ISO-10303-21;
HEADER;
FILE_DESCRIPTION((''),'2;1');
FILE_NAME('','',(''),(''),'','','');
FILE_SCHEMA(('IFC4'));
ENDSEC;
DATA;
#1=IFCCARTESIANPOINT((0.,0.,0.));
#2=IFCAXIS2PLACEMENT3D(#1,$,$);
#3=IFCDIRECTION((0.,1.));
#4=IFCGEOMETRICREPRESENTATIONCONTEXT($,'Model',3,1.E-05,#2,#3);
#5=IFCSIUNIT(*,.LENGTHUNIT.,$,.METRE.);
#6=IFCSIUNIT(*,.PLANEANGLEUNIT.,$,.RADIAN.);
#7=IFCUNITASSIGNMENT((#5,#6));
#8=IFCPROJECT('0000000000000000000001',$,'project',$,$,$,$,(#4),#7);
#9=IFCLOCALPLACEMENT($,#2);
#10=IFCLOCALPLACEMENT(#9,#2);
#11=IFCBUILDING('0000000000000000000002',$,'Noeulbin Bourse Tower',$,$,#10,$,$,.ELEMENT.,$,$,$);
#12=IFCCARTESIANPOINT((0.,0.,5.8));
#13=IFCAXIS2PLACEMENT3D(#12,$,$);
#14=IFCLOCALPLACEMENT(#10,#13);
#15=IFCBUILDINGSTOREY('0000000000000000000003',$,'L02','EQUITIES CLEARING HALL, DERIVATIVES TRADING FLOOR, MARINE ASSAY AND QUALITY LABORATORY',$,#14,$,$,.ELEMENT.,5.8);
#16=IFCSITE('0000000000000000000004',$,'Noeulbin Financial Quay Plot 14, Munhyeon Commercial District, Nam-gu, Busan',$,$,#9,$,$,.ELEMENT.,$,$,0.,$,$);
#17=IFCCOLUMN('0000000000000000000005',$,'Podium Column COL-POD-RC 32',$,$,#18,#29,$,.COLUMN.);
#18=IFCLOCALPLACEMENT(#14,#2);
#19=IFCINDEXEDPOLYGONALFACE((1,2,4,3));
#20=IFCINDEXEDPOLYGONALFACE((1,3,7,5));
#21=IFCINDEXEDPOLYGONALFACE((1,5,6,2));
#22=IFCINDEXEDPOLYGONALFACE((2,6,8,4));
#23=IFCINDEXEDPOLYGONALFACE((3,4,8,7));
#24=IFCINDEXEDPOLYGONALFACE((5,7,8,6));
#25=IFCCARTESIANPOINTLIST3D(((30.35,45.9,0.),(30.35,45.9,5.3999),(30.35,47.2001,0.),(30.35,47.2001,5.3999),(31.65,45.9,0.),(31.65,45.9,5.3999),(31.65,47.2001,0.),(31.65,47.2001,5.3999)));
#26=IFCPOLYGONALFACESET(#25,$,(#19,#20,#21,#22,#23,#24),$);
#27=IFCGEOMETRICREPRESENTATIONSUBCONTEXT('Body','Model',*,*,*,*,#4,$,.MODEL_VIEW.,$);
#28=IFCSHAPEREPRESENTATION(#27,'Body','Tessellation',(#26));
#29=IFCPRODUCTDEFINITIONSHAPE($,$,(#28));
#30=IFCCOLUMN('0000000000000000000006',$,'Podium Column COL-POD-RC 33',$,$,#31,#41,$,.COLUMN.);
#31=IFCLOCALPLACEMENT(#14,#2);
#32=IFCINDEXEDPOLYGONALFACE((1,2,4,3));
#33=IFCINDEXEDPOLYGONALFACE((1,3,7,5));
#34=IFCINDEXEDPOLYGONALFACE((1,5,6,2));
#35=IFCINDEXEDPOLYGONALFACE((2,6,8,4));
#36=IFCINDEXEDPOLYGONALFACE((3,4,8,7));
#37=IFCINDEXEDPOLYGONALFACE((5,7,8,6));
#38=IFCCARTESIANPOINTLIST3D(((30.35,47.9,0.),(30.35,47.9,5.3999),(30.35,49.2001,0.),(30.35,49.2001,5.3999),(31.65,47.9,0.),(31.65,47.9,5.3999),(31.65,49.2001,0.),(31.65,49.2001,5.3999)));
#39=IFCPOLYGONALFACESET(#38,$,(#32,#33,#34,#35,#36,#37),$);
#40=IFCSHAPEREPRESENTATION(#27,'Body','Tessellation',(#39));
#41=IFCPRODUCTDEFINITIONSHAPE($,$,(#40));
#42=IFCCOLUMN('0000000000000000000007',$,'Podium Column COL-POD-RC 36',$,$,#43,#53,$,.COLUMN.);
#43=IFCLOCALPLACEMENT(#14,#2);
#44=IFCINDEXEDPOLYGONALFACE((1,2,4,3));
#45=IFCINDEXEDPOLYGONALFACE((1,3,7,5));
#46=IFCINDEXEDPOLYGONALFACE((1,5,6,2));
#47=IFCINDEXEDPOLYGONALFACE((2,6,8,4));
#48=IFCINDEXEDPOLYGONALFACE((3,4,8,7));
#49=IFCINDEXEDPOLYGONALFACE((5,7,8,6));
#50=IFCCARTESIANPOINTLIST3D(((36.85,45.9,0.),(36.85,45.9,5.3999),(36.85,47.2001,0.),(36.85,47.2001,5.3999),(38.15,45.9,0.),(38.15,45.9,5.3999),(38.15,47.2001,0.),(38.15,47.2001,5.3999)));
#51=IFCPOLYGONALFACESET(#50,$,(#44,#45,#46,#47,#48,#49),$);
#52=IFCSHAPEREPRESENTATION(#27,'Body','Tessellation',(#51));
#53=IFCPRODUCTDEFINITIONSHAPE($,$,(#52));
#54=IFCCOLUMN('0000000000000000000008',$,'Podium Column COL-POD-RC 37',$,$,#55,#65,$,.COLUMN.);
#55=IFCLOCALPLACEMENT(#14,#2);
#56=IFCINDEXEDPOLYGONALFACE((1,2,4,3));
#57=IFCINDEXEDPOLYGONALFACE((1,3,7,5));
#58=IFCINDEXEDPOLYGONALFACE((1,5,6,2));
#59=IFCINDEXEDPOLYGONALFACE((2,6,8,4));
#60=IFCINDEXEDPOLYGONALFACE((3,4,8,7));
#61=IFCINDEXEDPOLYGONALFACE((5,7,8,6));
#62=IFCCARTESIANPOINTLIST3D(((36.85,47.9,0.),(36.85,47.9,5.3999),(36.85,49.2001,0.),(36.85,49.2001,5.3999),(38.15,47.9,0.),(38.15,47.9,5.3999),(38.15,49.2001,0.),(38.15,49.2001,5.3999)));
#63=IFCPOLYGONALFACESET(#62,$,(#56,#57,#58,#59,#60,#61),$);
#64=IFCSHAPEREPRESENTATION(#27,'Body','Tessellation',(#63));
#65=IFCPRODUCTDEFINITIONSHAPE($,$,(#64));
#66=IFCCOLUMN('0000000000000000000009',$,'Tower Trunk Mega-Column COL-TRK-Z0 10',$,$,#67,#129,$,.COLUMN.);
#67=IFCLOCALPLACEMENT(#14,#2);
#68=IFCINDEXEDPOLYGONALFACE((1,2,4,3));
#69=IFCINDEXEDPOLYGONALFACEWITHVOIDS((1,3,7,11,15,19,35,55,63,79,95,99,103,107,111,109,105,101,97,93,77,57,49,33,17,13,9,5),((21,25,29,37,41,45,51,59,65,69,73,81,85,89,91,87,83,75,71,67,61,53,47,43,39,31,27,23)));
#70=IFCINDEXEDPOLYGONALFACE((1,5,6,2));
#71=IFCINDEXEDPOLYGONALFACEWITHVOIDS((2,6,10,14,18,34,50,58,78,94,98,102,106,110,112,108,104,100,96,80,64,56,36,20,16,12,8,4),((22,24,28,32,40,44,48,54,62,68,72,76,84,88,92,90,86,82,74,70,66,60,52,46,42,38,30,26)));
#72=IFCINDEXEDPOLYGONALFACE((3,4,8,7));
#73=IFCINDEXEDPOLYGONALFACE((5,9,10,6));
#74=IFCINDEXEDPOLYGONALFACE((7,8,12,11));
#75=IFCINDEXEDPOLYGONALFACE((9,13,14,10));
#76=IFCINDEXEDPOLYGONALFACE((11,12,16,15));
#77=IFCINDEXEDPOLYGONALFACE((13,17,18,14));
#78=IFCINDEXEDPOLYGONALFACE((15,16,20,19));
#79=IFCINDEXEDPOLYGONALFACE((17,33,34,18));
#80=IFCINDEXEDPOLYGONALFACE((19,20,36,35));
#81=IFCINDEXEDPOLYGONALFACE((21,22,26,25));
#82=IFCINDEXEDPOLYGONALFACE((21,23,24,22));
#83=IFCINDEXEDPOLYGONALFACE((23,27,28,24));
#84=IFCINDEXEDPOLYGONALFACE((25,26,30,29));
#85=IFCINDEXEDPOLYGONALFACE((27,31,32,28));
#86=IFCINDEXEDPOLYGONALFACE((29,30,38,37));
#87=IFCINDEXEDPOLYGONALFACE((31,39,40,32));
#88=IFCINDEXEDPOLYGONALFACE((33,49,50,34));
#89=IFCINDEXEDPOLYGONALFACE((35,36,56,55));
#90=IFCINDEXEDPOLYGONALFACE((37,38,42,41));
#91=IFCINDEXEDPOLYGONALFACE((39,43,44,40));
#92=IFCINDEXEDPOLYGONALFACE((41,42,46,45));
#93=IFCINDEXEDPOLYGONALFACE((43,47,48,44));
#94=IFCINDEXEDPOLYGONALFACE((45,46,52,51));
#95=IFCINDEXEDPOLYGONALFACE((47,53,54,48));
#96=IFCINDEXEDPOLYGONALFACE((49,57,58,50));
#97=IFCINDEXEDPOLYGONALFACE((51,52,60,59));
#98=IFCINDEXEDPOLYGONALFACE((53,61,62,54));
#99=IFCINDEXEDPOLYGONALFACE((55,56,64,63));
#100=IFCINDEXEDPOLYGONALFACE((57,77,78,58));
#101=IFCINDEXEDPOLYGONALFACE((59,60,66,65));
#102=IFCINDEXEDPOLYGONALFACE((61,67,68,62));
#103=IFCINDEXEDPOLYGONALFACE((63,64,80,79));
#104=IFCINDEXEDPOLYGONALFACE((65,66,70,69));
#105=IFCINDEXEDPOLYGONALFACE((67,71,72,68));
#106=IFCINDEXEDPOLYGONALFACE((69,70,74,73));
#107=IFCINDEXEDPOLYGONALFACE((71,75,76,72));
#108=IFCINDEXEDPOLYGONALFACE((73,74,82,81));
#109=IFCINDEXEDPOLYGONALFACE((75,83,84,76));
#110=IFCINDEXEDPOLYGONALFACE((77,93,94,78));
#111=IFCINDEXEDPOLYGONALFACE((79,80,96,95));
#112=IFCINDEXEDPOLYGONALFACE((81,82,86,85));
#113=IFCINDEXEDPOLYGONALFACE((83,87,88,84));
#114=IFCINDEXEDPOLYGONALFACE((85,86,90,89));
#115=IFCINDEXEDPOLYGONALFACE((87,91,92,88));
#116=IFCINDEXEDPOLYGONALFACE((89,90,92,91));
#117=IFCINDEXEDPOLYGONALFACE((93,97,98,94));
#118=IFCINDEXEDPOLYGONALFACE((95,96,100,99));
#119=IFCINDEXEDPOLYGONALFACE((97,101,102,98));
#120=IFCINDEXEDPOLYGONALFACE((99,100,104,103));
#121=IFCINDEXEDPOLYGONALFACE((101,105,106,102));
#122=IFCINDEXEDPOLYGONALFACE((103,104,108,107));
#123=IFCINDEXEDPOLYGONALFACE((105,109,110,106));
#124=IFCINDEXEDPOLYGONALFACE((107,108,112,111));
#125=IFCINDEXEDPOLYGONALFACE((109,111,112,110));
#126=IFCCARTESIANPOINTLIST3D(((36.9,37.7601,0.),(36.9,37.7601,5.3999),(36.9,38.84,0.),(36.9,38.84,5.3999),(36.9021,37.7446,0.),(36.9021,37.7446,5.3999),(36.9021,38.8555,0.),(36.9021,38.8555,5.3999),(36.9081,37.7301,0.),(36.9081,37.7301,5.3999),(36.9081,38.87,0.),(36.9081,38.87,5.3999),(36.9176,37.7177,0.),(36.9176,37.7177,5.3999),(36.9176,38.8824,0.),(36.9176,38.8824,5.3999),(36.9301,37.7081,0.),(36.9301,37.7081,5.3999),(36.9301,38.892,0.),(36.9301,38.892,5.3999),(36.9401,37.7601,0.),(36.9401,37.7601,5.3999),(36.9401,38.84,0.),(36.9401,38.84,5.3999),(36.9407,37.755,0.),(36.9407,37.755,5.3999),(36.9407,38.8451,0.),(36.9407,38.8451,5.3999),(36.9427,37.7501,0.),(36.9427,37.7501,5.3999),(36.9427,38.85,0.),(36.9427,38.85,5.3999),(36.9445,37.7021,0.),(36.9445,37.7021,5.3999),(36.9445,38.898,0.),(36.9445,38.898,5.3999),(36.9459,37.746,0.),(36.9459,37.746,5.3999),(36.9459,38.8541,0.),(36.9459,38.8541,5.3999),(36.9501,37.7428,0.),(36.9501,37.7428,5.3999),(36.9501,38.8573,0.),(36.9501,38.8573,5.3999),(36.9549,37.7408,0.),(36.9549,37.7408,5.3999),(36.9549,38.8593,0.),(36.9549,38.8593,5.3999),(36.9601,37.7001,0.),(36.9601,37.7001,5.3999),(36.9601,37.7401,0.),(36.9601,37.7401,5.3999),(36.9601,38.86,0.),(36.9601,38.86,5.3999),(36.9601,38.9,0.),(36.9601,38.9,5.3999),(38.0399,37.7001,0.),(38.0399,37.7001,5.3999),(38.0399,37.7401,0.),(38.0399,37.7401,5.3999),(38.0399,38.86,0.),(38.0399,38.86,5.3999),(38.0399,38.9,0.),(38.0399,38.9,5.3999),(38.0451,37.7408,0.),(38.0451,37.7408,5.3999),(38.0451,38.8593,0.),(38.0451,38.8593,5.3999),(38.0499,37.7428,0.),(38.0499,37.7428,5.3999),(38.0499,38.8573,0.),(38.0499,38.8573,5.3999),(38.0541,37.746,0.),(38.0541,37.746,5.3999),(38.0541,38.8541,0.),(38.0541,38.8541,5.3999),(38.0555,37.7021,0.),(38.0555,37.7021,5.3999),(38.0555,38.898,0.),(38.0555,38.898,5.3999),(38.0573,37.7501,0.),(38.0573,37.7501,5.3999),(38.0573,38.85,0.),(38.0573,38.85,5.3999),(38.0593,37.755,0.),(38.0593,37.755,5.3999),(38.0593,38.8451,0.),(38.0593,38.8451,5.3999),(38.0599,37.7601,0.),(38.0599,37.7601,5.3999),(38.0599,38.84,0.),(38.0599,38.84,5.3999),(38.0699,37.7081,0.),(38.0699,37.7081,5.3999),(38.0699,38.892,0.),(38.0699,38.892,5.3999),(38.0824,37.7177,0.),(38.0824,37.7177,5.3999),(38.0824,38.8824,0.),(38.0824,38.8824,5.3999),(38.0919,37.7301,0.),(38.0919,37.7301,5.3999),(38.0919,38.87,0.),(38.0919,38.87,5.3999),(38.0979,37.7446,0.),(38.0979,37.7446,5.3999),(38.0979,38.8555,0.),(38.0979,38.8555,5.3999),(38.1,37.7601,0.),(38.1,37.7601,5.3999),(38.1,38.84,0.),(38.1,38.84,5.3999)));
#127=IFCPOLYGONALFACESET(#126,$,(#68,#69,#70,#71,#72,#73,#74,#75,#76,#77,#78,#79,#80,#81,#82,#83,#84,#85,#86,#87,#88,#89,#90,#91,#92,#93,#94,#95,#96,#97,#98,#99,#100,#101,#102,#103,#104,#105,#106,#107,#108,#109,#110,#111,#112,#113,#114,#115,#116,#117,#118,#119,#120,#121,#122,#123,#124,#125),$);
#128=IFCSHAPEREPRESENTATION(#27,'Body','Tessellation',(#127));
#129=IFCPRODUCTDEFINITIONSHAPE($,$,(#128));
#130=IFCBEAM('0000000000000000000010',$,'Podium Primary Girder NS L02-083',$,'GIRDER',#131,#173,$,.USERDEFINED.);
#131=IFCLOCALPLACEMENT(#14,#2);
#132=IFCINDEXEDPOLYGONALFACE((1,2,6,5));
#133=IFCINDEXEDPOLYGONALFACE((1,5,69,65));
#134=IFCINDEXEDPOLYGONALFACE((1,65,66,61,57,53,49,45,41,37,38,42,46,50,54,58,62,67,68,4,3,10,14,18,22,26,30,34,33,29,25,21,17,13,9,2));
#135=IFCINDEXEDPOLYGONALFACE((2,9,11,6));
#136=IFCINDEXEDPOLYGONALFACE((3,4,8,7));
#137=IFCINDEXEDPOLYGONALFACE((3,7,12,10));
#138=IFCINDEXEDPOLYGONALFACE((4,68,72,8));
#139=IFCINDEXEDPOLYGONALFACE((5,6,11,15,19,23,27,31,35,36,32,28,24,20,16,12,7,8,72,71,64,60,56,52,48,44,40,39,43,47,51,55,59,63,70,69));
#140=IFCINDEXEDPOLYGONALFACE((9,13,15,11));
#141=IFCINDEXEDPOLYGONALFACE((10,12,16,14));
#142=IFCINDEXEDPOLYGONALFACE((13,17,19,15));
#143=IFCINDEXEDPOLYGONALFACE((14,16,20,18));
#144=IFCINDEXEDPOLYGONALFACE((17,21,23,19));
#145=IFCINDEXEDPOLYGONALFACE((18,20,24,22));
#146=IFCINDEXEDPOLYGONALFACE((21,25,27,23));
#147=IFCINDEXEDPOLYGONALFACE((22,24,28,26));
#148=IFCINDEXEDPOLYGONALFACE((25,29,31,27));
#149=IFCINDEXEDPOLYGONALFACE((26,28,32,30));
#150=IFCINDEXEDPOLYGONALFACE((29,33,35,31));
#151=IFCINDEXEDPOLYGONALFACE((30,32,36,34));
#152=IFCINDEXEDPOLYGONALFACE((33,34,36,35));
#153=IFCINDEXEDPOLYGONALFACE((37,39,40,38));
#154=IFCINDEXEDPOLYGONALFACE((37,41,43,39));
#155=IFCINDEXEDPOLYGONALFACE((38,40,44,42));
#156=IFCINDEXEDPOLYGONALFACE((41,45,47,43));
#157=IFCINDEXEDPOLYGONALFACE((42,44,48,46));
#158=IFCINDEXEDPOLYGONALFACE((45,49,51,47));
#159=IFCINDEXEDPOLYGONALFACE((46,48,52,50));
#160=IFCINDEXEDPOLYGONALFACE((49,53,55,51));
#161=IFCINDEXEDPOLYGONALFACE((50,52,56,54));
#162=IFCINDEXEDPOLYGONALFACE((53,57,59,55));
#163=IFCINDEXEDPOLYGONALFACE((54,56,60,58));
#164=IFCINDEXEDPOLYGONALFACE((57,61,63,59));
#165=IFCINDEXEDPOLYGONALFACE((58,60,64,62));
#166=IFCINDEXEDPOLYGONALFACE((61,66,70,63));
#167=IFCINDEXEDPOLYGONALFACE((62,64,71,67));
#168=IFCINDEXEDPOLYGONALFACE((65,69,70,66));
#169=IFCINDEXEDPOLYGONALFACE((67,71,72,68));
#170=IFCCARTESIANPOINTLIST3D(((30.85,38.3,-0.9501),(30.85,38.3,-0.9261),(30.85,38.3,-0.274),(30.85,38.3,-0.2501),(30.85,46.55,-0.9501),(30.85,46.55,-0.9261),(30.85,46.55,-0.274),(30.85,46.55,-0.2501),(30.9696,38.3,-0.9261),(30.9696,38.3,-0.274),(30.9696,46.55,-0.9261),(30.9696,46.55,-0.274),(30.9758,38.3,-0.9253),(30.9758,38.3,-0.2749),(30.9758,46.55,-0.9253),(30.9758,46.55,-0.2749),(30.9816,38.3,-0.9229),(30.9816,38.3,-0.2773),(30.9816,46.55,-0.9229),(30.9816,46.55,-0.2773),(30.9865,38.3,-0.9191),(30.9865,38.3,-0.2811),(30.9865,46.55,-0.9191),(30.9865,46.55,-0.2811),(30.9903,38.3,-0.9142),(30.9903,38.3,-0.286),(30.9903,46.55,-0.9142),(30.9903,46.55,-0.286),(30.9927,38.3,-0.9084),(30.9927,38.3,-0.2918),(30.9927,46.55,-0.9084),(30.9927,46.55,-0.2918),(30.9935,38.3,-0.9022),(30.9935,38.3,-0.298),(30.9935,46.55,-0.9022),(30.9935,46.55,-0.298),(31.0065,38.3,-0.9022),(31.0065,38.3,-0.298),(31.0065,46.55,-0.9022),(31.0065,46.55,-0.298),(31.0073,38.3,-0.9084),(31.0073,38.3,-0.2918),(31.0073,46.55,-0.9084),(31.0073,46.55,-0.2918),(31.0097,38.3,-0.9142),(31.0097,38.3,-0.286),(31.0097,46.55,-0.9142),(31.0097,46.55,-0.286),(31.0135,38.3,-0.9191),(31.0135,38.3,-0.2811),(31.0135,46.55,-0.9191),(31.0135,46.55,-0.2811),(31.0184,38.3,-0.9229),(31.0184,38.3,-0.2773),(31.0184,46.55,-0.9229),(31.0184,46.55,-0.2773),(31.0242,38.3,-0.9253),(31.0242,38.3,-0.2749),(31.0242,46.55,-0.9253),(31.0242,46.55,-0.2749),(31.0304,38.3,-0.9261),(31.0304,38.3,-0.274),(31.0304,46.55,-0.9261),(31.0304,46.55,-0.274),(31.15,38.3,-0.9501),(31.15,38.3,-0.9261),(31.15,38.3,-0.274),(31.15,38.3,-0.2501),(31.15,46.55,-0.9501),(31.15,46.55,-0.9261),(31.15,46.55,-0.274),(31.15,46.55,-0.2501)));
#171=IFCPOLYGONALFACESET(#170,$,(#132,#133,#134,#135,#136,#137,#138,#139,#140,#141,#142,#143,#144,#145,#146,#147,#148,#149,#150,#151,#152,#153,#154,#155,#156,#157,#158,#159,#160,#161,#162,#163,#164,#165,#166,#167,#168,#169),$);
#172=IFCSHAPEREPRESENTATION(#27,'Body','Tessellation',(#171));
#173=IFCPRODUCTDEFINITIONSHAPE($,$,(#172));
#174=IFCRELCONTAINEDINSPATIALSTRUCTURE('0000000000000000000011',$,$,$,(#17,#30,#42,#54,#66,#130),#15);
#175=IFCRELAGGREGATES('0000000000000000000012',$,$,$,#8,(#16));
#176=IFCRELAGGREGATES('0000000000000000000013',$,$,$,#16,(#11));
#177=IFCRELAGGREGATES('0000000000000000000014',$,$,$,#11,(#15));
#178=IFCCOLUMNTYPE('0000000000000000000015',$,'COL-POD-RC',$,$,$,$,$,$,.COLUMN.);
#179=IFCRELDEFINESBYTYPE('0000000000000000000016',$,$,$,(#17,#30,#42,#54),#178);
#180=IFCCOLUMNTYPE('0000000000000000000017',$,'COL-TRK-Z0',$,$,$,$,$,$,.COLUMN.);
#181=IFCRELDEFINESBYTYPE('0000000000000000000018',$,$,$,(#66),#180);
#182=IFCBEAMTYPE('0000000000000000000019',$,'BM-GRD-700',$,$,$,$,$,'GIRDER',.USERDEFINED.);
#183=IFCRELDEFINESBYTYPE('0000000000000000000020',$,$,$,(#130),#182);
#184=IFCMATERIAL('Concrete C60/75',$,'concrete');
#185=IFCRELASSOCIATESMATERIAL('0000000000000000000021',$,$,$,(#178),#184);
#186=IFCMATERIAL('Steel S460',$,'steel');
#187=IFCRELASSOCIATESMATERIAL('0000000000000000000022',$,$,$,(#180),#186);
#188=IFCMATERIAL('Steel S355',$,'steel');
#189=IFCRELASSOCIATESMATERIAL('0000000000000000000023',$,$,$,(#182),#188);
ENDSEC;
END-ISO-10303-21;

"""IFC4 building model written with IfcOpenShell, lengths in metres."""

from ifc_helpers import new_model, si_unit, direction, frame, origin, origin_2d, place, context, subcontext, project, spatial, rectangle, hollow_rectangle, i_section, extrude, material, material_profile, profile_set, type_object, element, save


model = new_model("IFC4")

# Units and contexts
model_context = context("Model", 3, precision=1e-05, world=origin(), true_north=direction((0.0, 1.0)))
body_context = subcontext(model_context, "Body", "Model", "MODEL_VIEW")
ifc_project = project(units=[si_unit("LENGTHUNIT", "METRE"), si_unit("PLANEANGLEUNIT", "RADIAN")], contexts=[model_context])

# Site, building, storey
site_placement = place(None, origin())
site = spatial("IfcSite", under=ifc_project, at=site_placement, Name="Noeulbin Financial Quay Plot 14, Munhyeon Commercial District, Nam-gu, Busan", CompositionType="ELEMENT", RefElevation=0.0)
building_placement = place(site_placement, origin())
building = spatial("IfcBuilding", under=site, at=building_placement, Name="Noeulbin Bourse Tower", CompositionType="ELEMENT")
storey_placement = place(building_placement, frame((0.0, 0.0, 5.8)))
storey = spatial("IfcBuildingStorey", under=building, at=storey_placement, Name="L02", Description="EQUITIES CLEARING HALL, DERIVATIVES TRADING FLOOR, MARINE ASSAY AND QUALITY LABORATORY", CompositionType="ELEMENT", Elevation=5.8)

# Columns
ifc_material_1 = material(Name="Concrete C60/75", Category="concrete")
ifc_material_profile_1 = material_profile(ifc_material_1, rectangle(XDim=1.3, YDim=1.3, at=origin_2d()), Name="RC-COL-1300x1300", Category="LoadBearing")
ifc_profile_set_1 = profile_set([ifc_material_profile_1], Name="Concrete C60/75")
column_type_1 = type_object("IfcColumnType", Name="COL-POD-RC", PredefinedType="COLUMN", material=ifc_profile_set_1)
for number, where, z_axis, x_axis, name in (
    (1, (31.0, 46.55, 0.0), (0.0, 0.0, 1.0), (1.0, 0.0, 0.0), "Podium Column COL-POD-RC 32"),
    (2, (31.0, 48.55, 0.0), (0.0, 0.0, 1.0), (1.0, 0.0, 0.0), "Podium Column COL-POD-RC 33"),
    (3, (37.5, 46.55, 0.0), (0.0, 0.0, 1.0), (1.0, 0.0, 0.0), "Podium Column COL-POD-RC 36"),
    (4, (37.5, 48.55, 0.0), (0.0, 0.0, 1.0), (1.0, 0.0, 0.0), "Podium Column COL-POD-RC 37"),
):
    element("IfcColumn", number, at=place(storey_placement, frame(where, z_axis=z_axis, x_axis=x_axis)), inside=storey, type_object=column_type_1, Name=name, PredefinedType="COLUMN", context=body_context, shape_type="SweptSolid", body=[
        extrude(rectangle(XDim=1.3, YDim=1.3, at=origin_2d()), origin(), (0.0, 0.0, 1.0), 5.3999),
    ])
ifc_material_2 = material(Name="Steel S460", Category="steel")
ifc_material_profile_2 = material_profile(ifc_material_2, hollow_rectangle(XDim=1.2, YDim=1.2, WallThickness=0.04, InnerFilletRadius=0.02, OuterFilletRadius=0.0601, at=origin_2d()), Name="BOX-1200x1200x40", Category="LoadBearing")
ifc_profile_set_2 = profile_set([ifc_material_profile_2], Name="Steel S460")
column_type_2 = type_object("IfcColumnType", Name="COL-TRK-Z0", PredefinedType="COLUMN", material=ifc_profile_set_2)
column_placement = place(storey_placement, frame((37.5, 38.3, 0.0), z_axis=(0.0, 0.0, 1.0), x_axis=(1.0, 0.0, 0.0)))
element("IfcColumn", 5, at=column_placement, inside=storey, type_object=column_type_2, Name="Tower Trunk Mega-Column COL-TRK-Z0 10", PredefinedType="COLUMN", context=body_context, shape_type="SweptSolid", body=[
    extrude(hollow_rectangle(XDim=1.2, YDim=1.2, WallThickness=0.04, InnerFilletRadius=0.02, OuterFilletRadius=0.0601, at=origin_2d()), origin(), (0.0, 0.0, 1.0), 5.3999),
])

# Beam
ifc_material_3 = material(Name="Steel S355", Category="steel")
ifc_material_profile_3 = material_profile(ifc_material_3, i_section(OverallWidth=0.3, OverallDepth=0.7, WebThickness=0.0129, FlangeThickness=0.0239, FilletRadius=0.0239, at=origin_2d()), Name="H-700x300x13x24", Category="LoadBearing")
ifc_profile_set_3 = profile_set([ifc_material_profile_3], Name="Steel S355")
beam_type_1 = type_object("IfcBeamType", Name="BM-GRD-700", ElementType="GIRDER", PredefinedType="USERDEFINED", material=ifc_profile_set_3)
beam_1_placement = place(storey_placement, frame((31.0, 38.3, -0.6001), z_axis=(0.0, 1.0, 0.0), x_axis=(-1.0, 0.0, 0.0)))
element("IfcBeam", 6, at=beam_1_placement, inside=storey, type_object=beam_type_1, Name="Podium Primary Girder NS L02-083", ObjectType="GIRDER", PredefinedType="USERDEFINED", context=body_context, shape_type="SweptSolid", body=[
    extrude(i_section(OverallWidth=0.3, OverallDepth=0.7, WebThickness=0.0129, FlangeThickness=0.0239, FilletRadius=0.0239, at=origin_2d()), origin(), (0.0, 0.0, 1.0), 8.25),
])

save(model, "model.ifc")
